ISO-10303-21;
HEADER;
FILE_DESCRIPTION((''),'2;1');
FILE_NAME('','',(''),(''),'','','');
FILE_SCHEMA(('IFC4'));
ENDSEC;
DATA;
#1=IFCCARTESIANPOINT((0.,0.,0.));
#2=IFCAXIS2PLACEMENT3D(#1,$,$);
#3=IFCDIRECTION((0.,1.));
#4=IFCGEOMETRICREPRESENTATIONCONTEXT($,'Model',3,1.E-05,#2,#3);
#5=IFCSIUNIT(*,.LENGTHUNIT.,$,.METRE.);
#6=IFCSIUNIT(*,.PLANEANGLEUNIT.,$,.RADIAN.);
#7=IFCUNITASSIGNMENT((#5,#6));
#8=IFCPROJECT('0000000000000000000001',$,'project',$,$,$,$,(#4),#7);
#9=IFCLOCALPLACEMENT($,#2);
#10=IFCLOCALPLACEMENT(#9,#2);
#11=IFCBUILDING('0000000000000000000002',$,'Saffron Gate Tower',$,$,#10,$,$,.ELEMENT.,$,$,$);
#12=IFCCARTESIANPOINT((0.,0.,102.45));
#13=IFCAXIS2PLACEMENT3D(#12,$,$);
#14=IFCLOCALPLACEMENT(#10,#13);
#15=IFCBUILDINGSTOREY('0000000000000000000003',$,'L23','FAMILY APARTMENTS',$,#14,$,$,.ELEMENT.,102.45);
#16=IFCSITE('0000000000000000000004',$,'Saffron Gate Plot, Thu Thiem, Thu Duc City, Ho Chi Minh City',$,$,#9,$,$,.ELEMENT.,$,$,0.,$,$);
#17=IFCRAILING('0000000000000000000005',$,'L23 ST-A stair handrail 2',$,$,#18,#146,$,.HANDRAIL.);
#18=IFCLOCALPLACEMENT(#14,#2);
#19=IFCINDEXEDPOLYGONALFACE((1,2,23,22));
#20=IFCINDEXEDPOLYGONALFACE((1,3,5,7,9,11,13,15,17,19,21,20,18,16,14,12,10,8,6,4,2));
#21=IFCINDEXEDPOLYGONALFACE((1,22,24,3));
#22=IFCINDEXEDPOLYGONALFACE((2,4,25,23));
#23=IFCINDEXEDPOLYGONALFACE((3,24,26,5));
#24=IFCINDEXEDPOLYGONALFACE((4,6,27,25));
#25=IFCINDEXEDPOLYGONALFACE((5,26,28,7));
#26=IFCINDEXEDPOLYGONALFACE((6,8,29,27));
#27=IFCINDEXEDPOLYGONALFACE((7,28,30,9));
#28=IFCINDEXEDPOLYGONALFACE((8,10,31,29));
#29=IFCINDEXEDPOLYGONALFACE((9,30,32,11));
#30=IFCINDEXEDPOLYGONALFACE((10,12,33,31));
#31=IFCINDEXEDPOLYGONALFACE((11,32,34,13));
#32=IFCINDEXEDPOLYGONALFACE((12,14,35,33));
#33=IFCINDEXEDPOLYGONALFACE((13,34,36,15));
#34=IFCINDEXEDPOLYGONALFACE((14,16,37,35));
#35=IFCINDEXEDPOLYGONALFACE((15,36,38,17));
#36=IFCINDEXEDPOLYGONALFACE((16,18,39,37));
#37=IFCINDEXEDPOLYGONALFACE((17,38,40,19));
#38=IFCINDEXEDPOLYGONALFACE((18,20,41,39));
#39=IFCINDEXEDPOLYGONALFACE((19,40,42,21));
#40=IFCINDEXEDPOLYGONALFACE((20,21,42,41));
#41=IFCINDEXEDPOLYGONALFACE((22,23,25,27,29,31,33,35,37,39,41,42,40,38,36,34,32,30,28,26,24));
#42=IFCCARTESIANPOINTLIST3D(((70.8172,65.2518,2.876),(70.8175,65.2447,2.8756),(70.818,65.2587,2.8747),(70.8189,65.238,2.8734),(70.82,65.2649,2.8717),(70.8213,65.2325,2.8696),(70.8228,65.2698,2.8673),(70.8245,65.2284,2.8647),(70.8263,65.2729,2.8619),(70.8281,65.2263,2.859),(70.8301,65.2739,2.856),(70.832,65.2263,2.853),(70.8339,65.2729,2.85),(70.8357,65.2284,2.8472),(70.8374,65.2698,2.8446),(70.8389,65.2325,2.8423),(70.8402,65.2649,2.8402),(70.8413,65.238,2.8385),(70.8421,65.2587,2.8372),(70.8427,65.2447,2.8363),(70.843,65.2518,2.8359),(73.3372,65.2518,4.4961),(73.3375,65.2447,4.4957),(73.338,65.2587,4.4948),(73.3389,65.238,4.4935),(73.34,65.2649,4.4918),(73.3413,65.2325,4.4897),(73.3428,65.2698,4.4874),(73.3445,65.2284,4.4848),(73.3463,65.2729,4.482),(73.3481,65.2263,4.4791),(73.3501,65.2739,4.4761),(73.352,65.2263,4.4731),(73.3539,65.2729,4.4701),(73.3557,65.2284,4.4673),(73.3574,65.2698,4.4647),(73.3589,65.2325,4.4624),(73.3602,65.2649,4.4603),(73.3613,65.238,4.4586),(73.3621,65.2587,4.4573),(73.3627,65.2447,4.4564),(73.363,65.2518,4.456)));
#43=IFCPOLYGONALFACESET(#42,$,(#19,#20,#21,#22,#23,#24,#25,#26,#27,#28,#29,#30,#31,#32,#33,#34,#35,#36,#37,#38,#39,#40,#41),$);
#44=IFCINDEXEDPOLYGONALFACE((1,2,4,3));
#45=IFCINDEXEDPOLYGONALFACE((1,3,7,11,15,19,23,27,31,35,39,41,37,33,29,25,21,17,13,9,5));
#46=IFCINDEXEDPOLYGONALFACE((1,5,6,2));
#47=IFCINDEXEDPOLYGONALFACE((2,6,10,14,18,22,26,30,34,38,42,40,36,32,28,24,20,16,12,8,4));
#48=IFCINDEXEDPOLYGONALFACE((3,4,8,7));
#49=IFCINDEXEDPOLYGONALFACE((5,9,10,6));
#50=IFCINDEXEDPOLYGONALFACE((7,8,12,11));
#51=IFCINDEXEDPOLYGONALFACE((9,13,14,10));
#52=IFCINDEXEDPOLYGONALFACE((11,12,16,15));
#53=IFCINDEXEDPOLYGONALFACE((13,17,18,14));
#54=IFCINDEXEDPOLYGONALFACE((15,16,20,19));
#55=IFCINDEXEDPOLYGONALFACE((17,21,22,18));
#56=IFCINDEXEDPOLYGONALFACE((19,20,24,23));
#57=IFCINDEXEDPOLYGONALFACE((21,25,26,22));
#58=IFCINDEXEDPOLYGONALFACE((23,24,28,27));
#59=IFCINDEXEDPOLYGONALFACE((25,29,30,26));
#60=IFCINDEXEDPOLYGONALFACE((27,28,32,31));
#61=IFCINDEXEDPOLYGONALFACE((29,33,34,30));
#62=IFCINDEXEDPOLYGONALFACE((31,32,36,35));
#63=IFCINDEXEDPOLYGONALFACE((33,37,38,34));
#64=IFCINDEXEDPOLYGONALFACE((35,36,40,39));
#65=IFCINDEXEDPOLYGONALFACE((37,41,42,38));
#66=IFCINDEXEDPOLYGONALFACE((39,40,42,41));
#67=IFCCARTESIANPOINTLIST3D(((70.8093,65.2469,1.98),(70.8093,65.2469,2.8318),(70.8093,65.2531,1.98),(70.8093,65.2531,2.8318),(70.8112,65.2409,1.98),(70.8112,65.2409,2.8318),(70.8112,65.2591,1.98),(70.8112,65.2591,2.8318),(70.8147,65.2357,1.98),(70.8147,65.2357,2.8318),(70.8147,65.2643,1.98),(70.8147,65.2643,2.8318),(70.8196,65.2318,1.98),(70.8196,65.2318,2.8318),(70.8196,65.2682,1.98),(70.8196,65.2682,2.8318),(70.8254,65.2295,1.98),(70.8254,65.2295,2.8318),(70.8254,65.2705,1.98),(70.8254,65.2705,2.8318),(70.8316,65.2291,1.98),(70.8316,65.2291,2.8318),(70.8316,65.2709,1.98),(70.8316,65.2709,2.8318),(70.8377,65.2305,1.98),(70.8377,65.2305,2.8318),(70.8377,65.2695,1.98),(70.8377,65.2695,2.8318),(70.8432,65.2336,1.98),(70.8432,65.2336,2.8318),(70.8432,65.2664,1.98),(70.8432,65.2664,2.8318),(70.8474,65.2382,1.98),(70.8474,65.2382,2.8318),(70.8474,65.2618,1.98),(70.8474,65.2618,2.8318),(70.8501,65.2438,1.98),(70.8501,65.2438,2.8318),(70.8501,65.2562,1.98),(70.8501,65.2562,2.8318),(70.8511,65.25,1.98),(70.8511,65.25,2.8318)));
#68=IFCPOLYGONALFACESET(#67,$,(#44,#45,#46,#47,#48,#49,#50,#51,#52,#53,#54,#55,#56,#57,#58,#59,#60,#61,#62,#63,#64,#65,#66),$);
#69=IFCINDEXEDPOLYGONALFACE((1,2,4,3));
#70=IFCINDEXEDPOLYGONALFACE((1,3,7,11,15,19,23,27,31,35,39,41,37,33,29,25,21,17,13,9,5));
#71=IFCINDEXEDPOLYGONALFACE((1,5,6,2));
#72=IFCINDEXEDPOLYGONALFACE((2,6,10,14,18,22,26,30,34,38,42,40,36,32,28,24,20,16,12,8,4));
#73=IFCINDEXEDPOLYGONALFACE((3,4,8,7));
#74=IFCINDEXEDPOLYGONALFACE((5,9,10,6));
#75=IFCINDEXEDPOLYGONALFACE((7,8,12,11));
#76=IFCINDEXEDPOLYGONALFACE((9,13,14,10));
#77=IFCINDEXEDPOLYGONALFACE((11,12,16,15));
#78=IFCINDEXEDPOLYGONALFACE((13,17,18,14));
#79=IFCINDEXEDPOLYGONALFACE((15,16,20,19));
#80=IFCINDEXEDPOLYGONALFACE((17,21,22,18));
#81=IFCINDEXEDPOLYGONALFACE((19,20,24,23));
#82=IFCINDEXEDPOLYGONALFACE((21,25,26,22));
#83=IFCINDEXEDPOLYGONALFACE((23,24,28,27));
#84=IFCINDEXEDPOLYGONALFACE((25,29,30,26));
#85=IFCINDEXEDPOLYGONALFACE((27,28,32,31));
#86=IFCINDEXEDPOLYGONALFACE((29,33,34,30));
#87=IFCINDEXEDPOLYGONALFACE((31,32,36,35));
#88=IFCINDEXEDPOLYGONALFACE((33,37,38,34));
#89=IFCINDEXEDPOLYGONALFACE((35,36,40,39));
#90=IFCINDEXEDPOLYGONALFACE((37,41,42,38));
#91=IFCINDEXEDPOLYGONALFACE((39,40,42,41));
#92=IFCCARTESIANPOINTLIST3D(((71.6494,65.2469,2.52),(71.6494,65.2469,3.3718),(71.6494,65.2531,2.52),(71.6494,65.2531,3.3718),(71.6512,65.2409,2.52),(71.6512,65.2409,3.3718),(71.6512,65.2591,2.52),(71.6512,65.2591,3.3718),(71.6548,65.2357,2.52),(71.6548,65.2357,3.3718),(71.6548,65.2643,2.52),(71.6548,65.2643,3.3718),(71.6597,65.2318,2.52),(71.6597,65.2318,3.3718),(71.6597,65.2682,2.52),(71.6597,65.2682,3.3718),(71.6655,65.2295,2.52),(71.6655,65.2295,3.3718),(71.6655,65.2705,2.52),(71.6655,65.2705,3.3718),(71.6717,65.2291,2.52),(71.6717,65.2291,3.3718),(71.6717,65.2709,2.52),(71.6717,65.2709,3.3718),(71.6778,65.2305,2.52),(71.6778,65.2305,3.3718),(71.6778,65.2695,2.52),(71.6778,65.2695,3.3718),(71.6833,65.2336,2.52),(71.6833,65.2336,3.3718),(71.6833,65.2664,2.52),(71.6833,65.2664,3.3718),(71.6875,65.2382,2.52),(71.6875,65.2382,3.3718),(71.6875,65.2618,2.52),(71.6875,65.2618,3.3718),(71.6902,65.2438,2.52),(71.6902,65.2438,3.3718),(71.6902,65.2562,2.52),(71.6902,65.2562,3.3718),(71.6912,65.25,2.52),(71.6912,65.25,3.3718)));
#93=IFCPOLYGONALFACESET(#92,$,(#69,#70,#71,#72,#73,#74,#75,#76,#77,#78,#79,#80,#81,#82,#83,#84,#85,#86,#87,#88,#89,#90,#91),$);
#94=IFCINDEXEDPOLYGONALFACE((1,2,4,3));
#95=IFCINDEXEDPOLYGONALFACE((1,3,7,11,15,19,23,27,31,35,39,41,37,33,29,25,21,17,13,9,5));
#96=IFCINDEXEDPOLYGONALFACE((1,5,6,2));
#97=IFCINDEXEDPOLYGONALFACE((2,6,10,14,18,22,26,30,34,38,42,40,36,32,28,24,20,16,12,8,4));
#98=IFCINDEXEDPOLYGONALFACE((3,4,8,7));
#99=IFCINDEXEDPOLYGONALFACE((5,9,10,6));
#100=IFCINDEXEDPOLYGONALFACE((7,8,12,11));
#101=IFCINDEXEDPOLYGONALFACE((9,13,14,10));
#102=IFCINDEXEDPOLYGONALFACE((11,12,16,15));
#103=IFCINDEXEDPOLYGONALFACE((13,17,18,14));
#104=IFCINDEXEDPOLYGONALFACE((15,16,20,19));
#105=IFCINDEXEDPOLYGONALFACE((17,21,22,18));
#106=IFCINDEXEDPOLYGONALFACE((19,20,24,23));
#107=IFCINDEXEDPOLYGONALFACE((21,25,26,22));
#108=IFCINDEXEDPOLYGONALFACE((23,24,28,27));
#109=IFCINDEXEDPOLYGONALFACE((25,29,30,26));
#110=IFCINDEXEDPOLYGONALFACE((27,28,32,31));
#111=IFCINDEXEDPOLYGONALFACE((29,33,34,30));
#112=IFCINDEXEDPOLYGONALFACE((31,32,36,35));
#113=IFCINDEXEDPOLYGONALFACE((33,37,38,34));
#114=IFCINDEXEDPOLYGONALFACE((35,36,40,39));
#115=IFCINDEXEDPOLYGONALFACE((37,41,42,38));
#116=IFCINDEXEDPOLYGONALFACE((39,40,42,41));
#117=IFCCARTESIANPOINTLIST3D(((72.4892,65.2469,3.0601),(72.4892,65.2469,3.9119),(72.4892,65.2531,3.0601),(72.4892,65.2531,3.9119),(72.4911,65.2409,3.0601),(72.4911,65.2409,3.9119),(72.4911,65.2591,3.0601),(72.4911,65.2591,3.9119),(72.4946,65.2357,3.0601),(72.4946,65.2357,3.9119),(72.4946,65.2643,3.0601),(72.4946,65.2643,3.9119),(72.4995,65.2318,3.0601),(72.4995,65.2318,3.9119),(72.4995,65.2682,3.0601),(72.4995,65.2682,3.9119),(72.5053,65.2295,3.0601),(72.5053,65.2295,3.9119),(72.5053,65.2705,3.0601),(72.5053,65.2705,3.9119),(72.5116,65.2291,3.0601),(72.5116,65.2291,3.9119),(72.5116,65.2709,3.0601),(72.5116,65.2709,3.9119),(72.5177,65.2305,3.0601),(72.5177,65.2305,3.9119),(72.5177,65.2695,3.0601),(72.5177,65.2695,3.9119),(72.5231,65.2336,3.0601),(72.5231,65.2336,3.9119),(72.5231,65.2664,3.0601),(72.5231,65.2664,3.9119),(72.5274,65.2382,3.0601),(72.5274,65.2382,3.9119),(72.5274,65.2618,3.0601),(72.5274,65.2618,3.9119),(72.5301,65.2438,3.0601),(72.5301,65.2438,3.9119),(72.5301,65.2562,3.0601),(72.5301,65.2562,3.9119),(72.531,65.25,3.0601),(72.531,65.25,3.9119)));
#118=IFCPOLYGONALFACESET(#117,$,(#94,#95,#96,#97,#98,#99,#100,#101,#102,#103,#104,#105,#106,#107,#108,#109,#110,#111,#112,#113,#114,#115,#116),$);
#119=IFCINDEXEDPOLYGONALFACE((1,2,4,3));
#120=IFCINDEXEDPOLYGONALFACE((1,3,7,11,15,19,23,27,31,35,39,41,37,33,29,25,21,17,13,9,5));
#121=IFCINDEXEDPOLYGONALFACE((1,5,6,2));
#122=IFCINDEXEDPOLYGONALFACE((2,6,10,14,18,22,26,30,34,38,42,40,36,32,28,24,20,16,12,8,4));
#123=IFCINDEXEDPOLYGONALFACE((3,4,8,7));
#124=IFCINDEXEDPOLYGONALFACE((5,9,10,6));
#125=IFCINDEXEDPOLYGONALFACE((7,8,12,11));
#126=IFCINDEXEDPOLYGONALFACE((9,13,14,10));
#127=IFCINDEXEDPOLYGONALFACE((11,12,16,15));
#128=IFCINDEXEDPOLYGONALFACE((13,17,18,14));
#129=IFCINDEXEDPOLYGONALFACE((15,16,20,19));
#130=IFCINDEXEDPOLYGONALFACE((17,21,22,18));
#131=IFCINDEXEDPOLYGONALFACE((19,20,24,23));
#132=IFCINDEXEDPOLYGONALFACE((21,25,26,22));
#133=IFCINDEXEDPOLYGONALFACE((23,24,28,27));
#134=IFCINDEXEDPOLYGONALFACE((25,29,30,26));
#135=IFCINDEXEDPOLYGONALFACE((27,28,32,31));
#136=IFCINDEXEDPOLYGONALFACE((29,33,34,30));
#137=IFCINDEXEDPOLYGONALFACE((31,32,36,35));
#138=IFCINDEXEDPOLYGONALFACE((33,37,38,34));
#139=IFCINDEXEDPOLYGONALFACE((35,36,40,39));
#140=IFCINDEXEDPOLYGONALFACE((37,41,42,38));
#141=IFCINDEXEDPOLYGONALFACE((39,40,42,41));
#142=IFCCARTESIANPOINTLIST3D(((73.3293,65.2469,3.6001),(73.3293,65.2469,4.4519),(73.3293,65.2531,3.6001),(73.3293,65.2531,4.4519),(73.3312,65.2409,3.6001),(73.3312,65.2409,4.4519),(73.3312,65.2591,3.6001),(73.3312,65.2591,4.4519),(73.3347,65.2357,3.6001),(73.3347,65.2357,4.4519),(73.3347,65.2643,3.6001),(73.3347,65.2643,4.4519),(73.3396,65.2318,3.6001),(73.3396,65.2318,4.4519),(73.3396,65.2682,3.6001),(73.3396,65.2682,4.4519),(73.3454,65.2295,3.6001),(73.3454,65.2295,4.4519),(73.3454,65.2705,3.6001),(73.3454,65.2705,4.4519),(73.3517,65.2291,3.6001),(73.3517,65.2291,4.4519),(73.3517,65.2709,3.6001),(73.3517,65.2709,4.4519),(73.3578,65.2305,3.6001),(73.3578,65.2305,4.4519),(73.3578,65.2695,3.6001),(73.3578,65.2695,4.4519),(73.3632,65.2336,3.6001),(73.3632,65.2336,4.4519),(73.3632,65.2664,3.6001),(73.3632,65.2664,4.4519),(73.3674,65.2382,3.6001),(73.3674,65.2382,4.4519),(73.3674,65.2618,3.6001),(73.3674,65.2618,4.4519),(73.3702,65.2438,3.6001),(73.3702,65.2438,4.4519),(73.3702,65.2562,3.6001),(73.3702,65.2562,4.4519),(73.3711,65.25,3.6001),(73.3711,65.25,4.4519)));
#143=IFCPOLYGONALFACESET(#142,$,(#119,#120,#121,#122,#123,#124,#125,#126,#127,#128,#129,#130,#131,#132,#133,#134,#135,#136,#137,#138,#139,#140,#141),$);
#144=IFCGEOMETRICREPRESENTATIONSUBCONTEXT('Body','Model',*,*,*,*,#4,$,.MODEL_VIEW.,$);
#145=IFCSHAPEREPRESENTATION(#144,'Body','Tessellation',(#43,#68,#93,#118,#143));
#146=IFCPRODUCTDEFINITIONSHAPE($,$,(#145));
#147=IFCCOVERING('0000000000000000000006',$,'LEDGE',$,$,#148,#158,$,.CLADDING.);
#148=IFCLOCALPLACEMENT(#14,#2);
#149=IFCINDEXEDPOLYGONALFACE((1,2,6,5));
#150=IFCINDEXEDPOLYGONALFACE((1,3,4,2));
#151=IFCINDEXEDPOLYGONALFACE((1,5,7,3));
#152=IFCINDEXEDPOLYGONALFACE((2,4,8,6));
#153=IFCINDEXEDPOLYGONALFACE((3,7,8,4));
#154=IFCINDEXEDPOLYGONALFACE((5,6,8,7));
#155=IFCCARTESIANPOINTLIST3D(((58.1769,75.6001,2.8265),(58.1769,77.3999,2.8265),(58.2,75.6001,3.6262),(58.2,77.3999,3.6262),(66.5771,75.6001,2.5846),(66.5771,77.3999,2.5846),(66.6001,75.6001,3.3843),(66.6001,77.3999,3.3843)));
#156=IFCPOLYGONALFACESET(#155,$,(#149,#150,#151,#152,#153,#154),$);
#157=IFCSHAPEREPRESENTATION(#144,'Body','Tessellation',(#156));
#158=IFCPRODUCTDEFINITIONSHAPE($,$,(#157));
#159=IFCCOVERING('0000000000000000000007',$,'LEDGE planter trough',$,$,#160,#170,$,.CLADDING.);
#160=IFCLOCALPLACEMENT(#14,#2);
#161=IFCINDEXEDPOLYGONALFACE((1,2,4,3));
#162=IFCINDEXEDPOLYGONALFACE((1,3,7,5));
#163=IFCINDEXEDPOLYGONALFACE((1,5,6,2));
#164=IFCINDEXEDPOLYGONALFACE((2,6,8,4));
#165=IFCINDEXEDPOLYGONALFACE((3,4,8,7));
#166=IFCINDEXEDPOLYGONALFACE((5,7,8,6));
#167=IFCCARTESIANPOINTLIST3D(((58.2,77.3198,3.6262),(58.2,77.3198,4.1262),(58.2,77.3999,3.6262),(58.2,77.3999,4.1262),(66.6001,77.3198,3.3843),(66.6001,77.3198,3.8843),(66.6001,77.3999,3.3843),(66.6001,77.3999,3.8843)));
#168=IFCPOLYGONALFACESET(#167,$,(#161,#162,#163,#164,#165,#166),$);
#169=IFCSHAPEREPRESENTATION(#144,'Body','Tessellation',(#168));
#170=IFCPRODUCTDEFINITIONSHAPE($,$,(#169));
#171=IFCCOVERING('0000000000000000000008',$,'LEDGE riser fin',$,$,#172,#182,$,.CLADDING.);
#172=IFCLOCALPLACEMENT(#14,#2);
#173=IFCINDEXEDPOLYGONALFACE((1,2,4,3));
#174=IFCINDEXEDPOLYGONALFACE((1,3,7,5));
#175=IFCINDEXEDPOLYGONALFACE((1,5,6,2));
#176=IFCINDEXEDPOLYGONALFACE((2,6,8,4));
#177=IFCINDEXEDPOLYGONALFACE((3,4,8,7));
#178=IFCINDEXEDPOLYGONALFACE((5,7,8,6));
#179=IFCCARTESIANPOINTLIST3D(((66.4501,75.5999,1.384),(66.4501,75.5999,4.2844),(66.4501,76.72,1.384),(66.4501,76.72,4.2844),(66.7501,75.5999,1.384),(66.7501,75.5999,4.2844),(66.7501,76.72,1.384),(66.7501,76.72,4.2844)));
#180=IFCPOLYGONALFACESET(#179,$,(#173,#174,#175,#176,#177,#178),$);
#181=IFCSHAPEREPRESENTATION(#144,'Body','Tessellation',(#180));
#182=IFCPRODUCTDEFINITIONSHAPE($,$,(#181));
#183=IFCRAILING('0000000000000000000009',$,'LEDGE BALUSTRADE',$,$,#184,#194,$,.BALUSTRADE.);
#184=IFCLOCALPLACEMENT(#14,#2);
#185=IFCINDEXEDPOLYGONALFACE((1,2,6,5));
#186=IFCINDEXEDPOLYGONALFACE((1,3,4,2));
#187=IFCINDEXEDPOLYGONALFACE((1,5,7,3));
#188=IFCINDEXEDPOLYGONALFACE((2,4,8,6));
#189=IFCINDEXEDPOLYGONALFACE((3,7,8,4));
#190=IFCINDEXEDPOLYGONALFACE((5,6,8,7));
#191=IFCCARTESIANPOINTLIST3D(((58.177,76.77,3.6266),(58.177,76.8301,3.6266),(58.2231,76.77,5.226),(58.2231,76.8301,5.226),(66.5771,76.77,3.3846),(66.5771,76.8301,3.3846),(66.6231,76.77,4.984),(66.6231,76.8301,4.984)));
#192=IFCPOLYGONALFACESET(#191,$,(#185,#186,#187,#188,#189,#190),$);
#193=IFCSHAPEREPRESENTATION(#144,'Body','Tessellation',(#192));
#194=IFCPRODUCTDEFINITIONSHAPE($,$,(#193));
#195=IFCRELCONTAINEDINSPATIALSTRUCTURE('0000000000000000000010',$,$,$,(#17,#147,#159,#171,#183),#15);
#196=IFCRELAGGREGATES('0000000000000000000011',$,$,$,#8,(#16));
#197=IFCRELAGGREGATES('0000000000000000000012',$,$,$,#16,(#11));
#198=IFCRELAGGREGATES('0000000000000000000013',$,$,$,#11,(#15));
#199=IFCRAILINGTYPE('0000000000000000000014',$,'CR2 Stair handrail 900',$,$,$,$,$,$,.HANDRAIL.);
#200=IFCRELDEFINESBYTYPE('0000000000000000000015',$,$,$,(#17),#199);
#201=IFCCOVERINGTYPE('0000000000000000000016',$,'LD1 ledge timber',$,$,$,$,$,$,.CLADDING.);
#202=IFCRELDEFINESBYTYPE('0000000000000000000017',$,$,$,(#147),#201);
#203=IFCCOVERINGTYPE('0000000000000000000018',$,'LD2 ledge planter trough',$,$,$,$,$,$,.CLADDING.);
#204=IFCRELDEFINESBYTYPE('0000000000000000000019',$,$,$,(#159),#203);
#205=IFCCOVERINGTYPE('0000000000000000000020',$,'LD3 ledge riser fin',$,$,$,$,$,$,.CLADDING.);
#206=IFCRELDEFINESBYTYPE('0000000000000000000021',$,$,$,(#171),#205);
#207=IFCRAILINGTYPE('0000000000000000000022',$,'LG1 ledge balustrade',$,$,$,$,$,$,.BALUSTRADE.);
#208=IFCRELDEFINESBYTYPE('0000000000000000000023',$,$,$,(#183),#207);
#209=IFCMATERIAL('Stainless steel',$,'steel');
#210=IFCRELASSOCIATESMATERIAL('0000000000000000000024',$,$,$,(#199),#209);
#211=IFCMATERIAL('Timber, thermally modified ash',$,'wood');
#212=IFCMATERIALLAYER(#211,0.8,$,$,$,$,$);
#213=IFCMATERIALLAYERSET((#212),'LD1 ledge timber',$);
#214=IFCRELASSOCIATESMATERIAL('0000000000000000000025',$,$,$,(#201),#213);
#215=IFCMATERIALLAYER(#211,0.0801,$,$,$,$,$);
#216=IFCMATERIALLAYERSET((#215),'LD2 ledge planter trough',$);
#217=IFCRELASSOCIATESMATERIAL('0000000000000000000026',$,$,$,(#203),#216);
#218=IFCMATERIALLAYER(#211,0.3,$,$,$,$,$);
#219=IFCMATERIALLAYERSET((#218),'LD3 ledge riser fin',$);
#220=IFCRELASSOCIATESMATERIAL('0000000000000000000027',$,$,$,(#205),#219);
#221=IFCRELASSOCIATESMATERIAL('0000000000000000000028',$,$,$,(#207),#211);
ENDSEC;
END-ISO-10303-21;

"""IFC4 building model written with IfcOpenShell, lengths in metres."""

from ifc_helpers import new_model, si_unit, direction, frame, origin, origin_2d, place, context, subcontext, project, spatial, polyline, rectangle, circle, outline, extrude, material, layer, layer_set, type_object, element, save


model = new_model("IFC4")

# Units and contexts
model_context = context("Model", 3, precision=1e-05, world=origin(), true_north=direction((0.0, 1.0)))
body_context = subcontext(model_context, "Body", "Model", "MODEL_VIEW")
ifc_project = project(units=[si_unit("LENGTHUNIT", "METRE"), si_unit("PLANEANGLEUNIT", "RADIAN")], contexts=[model_context])

# Site, building, storey
site_placement = place(None, origin())
site = spatial("IfcSite", under=ifc_project, at=site_placement, Name="Saffron Gate Plot, Thu Thiem, Thu Duc City, Ho Chi Minh City", CompositionType="ELEMENT", RefElevation=0.0)
building_placement = place(site_placement, origin())
building = spatial("IfcBuilding", under=site, at=building_placement, Name="Saffron Gate Tower", CompositionType="ELEMENT")
storey_placement = place(building_placement, frame((0.0, 0.0, 102.45)))
storey = spatial("IfcBuildingStorey", under=building, at=storey_placement, Name="L23", Description="FAMILY APARTMENTS", CompositionType="ELEMENT", Elevation=102.45)

# Railing
ifc_material_1 = material(Name="Stainless steel", Category="steel")
railing_type_1 = type_object("IfcRailingType", Name="CR2 Stair handrail 900", PredefinedType="HANDRAIL", material=ifc_material_1)
railing_1_placement = place(storey_placement, frame((70.8301, 65.25, 1.98)))
element("IfcRailing", 1, at=railing_1_placement, inside=storey, type_object=railing_type_1, Name="L23 ST-A stair handrail 2", PredefinedType="HANDRAIL", context=body_context, shape_type="SweptSolid", body=[
    extrude(circle(Radius=0.0239, at=origin_2d()), frame((0.0, 0.0, 0.876), z_axis=(0.841163, 0.0, 0.540782), x_axis=(0.0, 1.0, 0.0)), (0.0, 0.0, 1.0), 2.9958),
    extrude(circle(Radius=0.021, at=origin_2d()), origin(), (0.0, 0.0, 1.0), 0.8518),
    extrude(circle(Radius=0.021, at=origin_2d()), frame((0.8401, 0.0, 0.54)), (0.0, 0.0, 1.0), 0.8518),
    extrude(circle(Radius=0.021, at=origin_2d()), frame((1.6799, 0.0, 1.0801)), (0.0, 0.0, 1.0), 0.8518),
    extrude(circle(Radius=0.021, at=origin_2d()), frame((2.52, 0.0, 1.6201)), (0.0, 0.0, 1.0), 0.8518),
])

# Coverings
ifc_material_2 = material(Name="Timber, thermally modified ash", Category="wood")
ifc_layer_1 = layer(ifc_material_2, 0.8)
ifc_layer_set_1 = layer_set([ifc_layer_1], Name="LD1 ledge timber")
covering_type_1 = type_object("IfcCoveringType", Name="LD1 ledge timber", PredefinedType="CLADDING", material=ifc_layer_set_1)
covering_1_placement = place(storey_placement, frame((66.6001, 75.6001, 3.3843), z_axis=(0.02879, 0.0, 0.999585), x_axis=(-0.999585, 0.0, 0.02879)))
element("IfcCovering", 2, at=covering_1_placement, inside=storey, type_object=covering_type_1, Name="LEDGE", PredefinedType="CLADDING", context=body_context, shape_type="SweptSolid", body=[
    extrude(outline(polyline([(0.0, 0.0), (8.4036, 0.0), (8.4036, -1.7998), (0.0, -1.7998), (0.0, 0.0)])), origin(), (0.0, 0.0, -1.0), 0.8),
])
ifc_layer_2 = layer(ifc_material_2, 0.0801)
ifc_layer_set_2 = layer_set([ifc_layer_2], Name="LD2 ledge planter trough")
covering_type_2 = type_object("IfcCoveringType", Name="LD2 ledge planter trough", PredefinedType="CLADDING", material=ifc_layer_set_2)
covering_2_placement = place(storey_placement, frame((66.6001, 77.3999, 3.3843), z_axis=(0.0, 1.0, 0.0), x_axis=(-0.999585, 0.0, 0.02879)))
element("IfcCovering", 3, at=covering_2_placement, inside=storey, type_object=covering_type_2, Name="LEDGE planter trough", PredefinedType="CLADDING", context=body_context, shape_type="SweptSolid", body=[
    extrude(outline(polyline([(0.0, 0.0), (8.4036, 0.0), (8.418, 0.4998), (0.0144, 0.4998), (0.0, 0.0)])), origin(), (0.0, 0.0, -1.0), 0.0801),
])
ifc_layer_3 = layer(ifc_material_2, 0.3)
ifc_layer_set_3 = layer_set([ifc_layer_3], Name="LD3 ledge riser fin")
covering_type_3 = type_object("IfcCoveringType", Name="LD3 ledge riser fin", PredefinedType="CLADDING", material=ifc_layer_set_3)
covering_3_placement = place(storey_placement, frame((66.6001, 76.1599, 1.384), z_axis=(0.0, 0.0, 1.0), x_axis=(-1.0, 0.0, 0.0)))
element("IfcCovering", 4, at=covering_3_placement, inside=storey, type_object=covering_type_3, Name="LEDGE riser fin", PredefinedType="CLADDING", context=body_context, shape_type="SweptSolid", body=[
    extrude(rectangle(XDim=0.3, YDim=1.1201, at=origin_2d()), origin(), (0.0, 0.0, 1.0), 2.9004),
])

# Railing
railing_type_2 = type_object("IfcRailingType", Name="LG1 ledge balustrade", PredefinedType="BALUSTRADE", material=ifc_material_2)
railing_2_placement = place(storey_placement, frame((66.6001, 76.8, 3.3843)))
element("IfcRailing", 5, at=railing_2_placement, inside=storey, type_object=railing_type_2, Name="LEDGE BALUSTRADE", PredefinedType="BALUSTRADE", context=body_context, shape_type="SweptSolid", body=[
    extrude(rectangle(XDim=0.0601, YDim=1.6001, at=origin_2d()), frame((0.0, 0.0, 0.8), z_axis=(-0.999585, 0.0, 0.02879), x_axis=(0.0, -1.0, 0.0)), (0.0, 0.0, 1.0), 8.4036),
])

save(model, "model.ifc")
